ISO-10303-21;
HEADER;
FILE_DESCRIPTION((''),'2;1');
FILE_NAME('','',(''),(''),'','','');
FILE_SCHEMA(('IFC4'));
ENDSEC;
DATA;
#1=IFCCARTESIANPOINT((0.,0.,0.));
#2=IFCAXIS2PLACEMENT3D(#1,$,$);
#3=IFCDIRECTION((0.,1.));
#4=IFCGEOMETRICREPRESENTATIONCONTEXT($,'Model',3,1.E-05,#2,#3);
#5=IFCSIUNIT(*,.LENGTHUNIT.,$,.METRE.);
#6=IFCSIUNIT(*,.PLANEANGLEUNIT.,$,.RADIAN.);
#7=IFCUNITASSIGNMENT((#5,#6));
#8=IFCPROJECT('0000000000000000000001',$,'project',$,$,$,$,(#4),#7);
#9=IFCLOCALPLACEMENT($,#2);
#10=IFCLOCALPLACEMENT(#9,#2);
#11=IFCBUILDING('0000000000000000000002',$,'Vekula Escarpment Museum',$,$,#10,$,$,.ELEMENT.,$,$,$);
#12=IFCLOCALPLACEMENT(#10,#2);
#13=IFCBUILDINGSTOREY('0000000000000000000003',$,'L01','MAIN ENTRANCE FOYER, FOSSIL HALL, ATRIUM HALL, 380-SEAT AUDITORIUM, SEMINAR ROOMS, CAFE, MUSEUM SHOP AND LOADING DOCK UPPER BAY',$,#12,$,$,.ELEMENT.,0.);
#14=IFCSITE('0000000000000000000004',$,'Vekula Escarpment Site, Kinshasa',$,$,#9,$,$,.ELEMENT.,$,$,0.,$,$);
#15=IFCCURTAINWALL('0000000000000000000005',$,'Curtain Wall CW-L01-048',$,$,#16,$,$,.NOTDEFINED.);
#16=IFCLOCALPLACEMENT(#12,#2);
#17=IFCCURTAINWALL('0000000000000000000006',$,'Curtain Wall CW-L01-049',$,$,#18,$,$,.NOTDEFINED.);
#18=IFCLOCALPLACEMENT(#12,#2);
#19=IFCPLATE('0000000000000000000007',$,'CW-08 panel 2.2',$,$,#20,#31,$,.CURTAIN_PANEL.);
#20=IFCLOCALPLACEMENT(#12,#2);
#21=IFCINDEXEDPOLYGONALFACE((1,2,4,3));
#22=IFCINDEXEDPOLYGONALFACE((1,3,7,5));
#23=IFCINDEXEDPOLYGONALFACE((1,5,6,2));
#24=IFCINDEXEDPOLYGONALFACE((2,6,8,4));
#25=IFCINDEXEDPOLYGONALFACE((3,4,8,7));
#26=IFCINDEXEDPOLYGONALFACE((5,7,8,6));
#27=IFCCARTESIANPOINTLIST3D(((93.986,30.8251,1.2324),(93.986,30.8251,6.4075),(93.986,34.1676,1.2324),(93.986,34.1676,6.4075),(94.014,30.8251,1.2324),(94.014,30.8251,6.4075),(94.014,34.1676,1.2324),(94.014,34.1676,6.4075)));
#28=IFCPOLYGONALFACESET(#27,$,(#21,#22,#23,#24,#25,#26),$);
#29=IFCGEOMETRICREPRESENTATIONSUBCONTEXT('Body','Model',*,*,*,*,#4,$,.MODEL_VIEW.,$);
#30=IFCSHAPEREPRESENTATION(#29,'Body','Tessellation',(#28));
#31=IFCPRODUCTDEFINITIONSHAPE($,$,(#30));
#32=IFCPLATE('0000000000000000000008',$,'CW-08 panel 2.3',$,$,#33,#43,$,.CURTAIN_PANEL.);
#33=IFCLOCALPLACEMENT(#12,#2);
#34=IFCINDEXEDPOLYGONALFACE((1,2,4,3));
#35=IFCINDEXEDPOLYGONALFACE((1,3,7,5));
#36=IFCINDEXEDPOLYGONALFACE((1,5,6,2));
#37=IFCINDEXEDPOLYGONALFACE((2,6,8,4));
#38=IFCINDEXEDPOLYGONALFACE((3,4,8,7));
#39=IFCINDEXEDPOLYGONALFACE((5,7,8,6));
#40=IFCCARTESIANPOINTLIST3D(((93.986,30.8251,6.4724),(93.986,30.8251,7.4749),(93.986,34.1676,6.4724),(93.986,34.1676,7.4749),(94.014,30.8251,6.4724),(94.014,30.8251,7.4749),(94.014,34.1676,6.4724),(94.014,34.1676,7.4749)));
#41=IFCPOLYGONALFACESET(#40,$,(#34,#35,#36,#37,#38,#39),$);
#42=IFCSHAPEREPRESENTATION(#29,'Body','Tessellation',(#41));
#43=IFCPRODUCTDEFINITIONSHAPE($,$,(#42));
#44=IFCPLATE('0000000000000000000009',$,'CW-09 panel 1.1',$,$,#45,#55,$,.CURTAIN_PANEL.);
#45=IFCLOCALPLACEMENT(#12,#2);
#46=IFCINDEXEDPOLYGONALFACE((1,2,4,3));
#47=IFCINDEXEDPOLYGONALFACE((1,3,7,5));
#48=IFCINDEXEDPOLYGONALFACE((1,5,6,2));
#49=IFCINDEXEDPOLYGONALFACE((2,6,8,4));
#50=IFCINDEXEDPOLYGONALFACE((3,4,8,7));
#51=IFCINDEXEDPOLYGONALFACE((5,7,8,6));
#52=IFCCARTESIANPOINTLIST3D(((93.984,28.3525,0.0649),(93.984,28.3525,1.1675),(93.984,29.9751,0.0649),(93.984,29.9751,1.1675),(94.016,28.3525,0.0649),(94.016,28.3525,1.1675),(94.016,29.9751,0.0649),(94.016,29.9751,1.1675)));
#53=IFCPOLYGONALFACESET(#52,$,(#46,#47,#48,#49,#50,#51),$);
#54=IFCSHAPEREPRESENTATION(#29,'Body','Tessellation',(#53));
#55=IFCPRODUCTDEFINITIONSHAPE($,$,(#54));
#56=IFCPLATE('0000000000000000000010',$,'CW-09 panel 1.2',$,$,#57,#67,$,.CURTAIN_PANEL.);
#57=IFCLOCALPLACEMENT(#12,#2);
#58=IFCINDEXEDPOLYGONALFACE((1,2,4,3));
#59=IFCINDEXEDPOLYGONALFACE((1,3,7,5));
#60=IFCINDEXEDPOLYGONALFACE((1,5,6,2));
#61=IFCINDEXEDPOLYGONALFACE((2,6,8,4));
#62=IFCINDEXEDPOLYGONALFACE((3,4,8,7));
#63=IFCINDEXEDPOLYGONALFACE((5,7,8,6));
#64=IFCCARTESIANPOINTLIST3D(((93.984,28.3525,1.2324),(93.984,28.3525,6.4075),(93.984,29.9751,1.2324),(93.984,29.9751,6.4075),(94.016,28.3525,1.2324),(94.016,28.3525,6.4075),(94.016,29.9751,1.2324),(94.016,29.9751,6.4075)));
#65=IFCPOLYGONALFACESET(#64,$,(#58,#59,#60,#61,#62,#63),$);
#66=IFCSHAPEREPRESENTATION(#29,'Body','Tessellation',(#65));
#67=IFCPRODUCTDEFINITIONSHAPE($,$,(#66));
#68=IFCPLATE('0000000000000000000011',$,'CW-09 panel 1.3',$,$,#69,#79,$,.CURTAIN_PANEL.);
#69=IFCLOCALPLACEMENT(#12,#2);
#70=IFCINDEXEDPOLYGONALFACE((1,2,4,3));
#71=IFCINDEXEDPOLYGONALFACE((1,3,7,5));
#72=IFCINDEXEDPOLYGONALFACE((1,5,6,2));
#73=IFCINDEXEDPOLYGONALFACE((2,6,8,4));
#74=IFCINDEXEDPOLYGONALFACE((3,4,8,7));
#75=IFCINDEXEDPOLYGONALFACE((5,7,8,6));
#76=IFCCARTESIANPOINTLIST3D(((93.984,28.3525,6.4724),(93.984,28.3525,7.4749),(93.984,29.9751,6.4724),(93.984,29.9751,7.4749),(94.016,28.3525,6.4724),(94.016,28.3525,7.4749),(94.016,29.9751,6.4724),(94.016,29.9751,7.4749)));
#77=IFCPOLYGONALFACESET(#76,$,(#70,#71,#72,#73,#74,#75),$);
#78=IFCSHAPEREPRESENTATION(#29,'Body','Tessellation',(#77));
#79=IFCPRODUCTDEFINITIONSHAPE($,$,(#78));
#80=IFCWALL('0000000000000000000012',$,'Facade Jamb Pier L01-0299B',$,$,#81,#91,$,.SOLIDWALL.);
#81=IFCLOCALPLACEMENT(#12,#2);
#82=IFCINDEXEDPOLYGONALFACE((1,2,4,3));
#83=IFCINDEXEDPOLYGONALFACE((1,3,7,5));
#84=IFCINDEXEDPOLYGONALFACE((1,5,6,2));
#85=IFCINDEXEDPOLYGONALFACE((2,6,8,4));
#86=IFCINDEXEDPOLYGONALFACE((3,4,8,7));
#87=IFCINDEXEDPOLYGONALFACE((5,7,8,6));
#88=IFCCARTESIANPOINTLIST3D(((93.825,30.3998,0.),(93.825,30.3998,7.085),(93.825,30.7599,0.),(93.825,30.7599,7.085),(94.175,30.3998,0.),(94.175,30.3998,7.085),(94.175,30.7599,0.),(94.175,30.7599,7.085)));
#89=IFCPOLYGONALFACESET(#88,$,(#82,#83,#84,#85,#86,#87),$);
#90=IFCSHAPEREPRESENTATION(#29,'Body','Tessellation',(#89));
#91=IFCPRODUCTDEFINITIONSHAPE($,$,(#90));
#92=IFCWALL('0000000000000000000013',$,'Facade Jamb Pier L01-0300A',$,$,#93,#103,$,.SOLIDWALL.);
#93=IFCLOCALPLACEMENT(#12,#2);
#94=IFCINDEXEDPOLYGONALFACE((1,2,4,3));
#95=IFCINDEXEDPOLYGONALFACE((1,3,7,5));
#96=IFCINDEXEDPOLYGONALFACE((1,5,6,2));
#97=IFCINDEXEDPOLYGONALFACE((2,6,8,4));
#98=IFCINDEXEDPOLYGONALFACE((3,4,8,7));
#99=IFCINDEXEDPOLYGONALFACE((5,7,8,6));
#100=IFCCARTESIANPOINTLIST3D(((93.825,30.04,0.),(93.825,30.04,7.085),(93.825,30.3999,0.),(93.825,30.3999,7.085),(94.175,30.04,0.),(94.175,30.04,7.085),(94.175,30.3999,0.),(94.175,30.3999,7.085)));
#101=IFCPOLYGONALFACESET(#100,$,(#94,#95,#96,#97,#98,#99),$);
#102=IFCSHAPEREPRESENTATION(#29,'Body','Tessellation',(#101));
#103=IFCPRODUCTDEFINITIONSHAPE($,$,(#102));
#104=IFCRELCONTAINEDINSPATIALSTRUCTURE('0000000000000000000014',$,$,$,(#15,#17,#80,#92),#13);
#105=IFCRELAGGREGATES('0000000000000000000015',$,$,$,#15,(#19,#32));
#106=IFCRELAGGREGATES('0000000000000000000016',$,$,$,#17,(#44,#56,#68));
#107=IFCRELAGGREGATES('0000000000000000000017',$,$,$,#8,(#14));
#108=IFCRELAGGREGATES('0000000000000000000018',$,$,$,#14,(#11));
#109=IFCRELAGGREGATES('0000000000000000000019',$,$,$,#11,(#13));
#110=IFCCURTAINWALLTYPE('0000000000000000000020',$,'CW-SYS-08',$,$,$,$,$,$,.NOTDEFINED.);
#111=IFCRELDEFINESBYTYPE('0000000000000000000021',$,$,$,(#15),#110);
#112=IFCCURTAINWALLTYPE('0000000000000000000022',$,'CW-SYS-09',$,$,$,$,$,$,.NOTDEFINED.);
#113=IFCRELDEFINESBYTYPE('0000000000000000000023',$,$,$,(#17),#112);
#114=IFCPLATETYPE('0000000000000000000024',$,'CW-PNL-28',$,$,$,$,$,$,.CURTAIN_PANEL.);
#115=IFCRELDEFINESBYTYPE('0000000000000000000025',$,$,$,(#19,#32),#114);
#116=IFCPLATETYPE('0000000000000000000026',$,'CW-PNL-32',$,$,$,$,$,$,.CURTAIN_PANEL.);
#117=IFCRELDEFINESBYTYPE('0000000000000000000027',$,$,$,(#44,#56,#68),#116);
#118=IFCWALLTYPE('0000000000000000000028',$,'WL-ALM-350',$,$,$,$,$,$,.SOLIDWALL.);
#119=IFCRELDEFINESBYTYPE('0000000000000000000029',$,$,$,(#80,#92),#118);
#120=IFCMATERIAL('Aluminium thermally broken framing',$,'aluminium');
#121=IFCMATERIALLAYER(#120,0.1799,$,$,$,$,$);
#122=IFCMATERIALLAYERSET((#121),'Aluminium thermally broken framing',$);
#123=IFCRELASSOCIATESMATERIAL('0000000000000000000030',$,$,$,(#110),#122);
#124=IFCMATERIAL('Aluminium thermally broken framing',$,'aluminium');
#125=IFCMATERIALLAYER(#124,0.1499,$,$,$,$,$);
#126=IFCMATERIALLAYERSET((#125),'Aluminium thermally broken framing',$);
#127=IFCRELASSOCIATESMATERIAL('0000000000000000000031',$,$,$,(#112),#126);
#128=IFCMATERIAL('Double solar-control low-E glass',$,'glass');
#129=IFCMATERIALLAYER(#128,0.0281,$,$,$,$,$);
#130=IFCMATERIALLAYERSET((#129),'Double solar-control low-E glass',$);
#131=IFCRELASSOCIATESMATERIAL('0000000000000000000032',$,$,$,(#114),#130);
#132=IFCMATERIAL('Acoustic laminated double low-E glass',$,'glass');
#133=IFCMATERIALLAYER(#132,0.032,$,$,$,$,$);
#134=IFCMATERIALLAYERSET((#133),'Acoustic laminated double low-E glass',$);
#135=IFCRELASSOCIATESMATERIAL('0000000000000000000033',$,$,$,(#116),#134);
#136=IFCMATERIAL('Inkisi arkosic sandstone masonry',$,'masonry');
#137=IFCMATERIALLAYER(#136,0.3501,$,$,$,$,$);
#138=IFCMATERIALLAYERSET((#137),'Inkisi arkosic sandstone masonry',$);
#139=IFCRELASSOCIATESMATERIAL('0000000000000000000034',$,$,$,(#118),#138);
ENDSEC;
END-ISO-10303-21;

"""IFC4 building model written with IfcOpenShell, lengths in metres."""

from ifc_helpers import new_model, si_unit, direction, frame, frame_2d, origin, origin_2d, place, context, subcontext, project, spatial, rectangle, extrude, material, layer, layer_set, type_object, element, aggregate, save


model = new_model("IFC4")

# Units and contexts
model_context = context("Model", 3, precision=1e-05, world=origin(), true_north=direction((0.0, 1.0)))
body_context = subcontext(model_context, "Body", "Model", "MODEL_VIEW")
ifc_project = project(units=[si_unit("LENGTHUNIT", "METRE"), si_unit("PLANEANGLEUNIT", "RADIAN")], contexts=[model_context])

# Site, building, storey
site_placement = place(None, origin())
site = spatial("IfcSite", under=ifc_project, at=site_placement, Name="Vekula Escarpment Site, Kinshasa", CompositionType="ELEMENT", RefElevation=0.0)
building_placement = place(site_placement, origin())
building = spatial("IfcBuilding", under=site, at=building_placement, Name="Vekula Escarpment Museum", CompositionType="ELEMENT")
storey_placement = place(building_placement, origin())
storey = spatial("IfcBuildingStorey", under=building, at=storey_placement, Name="L01", Description="MAIN ENTRANCE FOYER, FOSSIL HALL, ATRIUM HALL, 380-SEAT AUDITORIUM, SEMINAR ROOMS, CAFE, MUSEUM SHOP AND LOADING DOCK UPPER BAY", CompositionType="ELEMENT", Elevation=0.0)

# Curtain walls
ifc_material_1 = material(Name="Aluminium thermally broken framing", Category="aluminium")
ifc_layer_1 = layer(ifc_material_1, 0.1799)
ifc_layer_set_1 = layer_set([ifc_layer_1], Name="Aluminium thermally broken framing")
curtain_wall_type_1 = type_object("IfcCurtainWallType", Name="CW-SYS-08", PredefinedType="NOTDEFINED", material=ifc_layer_set_1)
curtain_wall_1_placement = place(storey_placement, origin())
curtain_wall_1 = element("IfcCurtainWall", 1, at=curtain_wall_1_placement, inside=storey, type_object=curtain_wall_type_1, Name="Curtain Wall CW-L01-048", PredefinedType="NOTDEFINED")
ifc_material_2 = material(Name="Aluminium thermally broken framing", Category="aluminium")
ifc_layer_2 = layer(ifc_material_2, 0.1499)
ifc_layer_set_2 = layer_set([ifc_layer_2], Name="Aluminium thermally broken framing")
curtain_wall_type_2 = type_object("IfcCurtainWallType", Name="CW-SYS-09", PredefinedType="NOTDEFINED", material=ifc_layer_set_2)
curtain_wall_2_placement = place(storey_placement, origin())
curtain_wall_2 = element("IfcCurtainWall", 2, at=curtain_wall_2_placement, inside=storey, type_object=curtain_wall_type_2, Name="Curtain Wall CW-L01-049", PredefinedType="NOTDEFINED")

# Plates
ifc_material_3 = material(Name="Double solar-control low-E glass", Category="glass")
ifc_layer_3 = layer(ifc_material_3, 0.0281)
ifc_layer_set_3 = layer_set([ifc_layer_3], Name="Double solar-control low-E glass")
plate_type_1 = type_object("IfcPlateType", Name="CW-PNL-28", PredefinedType="CURTAIN_PANEL", material=ifc_layer_set_3)
plate_1_placement = place(storey_placement, frame((94.0, 32.4963, 1.2324), z_axis=(0.0, 0.0, 1.0), x_axis=(0.0, -1.0, 0.0)))
plate_1 = element("IfcPlate", 3, at=plate_1_placement, type_object=plate_type_1, Name="CW-08 panel 2.2", PredefinedType="CURTAIN_PANEL", context=body_context, shape_type="SweptSolid", body=[
    extrude(rectangle(XDim=3.3425, YDim=0.0281, at=origin_2d()), origin(), (0.0, 0.0, 1.0), 5.175),
])
plate_2_placement = place(storey_placement, frame((94.0, 32.4963, 6.4724), z_axis=(0.0, 0.0, 1.0), x_axis=(0.0, -1.0, 0.0)))
plate_2 = element("IfcPlate", 4, at=plate_2_placement, type_object=plate_type_1, Name="CW-08 panel 2.3", PredefinedType="CURTAIN_PANEL", context=body_context, shape_type="SweptSolid", body=[
    extrude(rectangle(XDim=3.3425, YDim=0.0281, at=origin_2d()), origin(), (0.0, 0.0, 1.0), 1.0024),
])
aggregate(curtain_wall_1, [plate_1, plate_2])
ifc_material_4 = material(Name="Acoustic laminated double low-E glass", Category="glass")
ifc_layer_4 = layer(ifc_material_4, 0.032)
ifc_layer_set_4 = layer_set([ifc_layer_4], Name="Acoustic laminated double low-E glass")
plate_type_2 = type_object("IfcPlateType", Name="CW-PNL-32", PredefinedType="CURTAIN_PANEL", material=ifc_layer_set_4)
plate_3_placement = place(storey_placement, frame((94.0, 29.1638, 0.0649), z_axis=(0.0, 0.0, 1.0), x_axis=(0.0, -1.0, 0.0)))
plate_3 = element("IfcPlate", 5, at=plate_3_placement, type_object=plate_type_2, Name="CW-09 panel 1.1", PredefinedType="CURTAIN_PANEL", context=body_context, shape_type="SweptSolid", body=[
    extrude(rectangle(XDim=1.6226, YDim=0.032, at=origin_2d()), origin(), (0.0, 0.0, 1.0), 1.1025),
])
plate_4_placement = place(storey_placement, frame((94.0, 29.1638, 1.2324), z_axis=(0.0, 0.0, 1.0), x_axis=(0.0, -1.0, 0.0)))
plate_4 = element("IfcPlate", 6, at=plate_4_placement, type_object=plate_type_2, Name="CW-09 panel 1.2", PredefinedType="CURTAIN_PANEL", context=body_context, shape_type="SweptSolid", body=[
    extrude(rectangle(XDim=1.6226, YDim=0.032, at=origin_2d()), origin(), (0.0, 0.0, 1.0), 5.175),
])
plate_5_placement = place(storey_placement, frame((94.0, 29.1638, 6.4724), z_axis=(0.0, 0.0, 1.0), x_axis=(0.0, -1.0, 0.0)))
plate_5 = element("IfcPlate", 7, at=plate_5_placement, type_object=plate_type_2, Name="CW-09 panel 1.3", PredefinedType="CURTAIN_PANEL", context=body_context, shape_type="SweptSolid", body=[
    extrude(rectangle(XDim=1.6226, YDim=0.032, at=origin_2d()), origin(), (0.0, 0.0, 1.0), 1.0024),
])
aggregate(curtain_wall_2, [plate_3, plate_4, plate_5])

# Walls
ifc_material_5 = material(Name="Inkisi arkosic sandstone masonry", Category="masonry")
ifc_layer_5 = layer(ifc_material_5, 0.3501)
ifc_layer_set_5 = layer_set([ifc_layer_5], Name="Inkisi arkosic sandstone masonry")
wall_type = type_object("IfcWallType", Name="WL-ALM-350", PredefinedType="SOLIDWALL", material=ifc_layer_set_5)
wall_1_placement = place(storey_placement, frame((94.0, 30.76, 0.0), z_axis=(0.0, 0.0, 1.0), x_axis=(0.0, -1.0, 0.0)))
element("IfcWall", 8, at=wall_1_placement, inside=storey, type_object=wall_type, Name="Facade Jamb Pier L01-0299B", PredefinedType="SOLIDWALL", context=body_context, shape_type="SweptSolid", body=[
    extrude(rectangle(XDim=0.3601, YDim=0.3501, at=frame_2d((0.1802, 0.0))), origin(), (0.0, 0.0, 1.0), 7.085),
])
wall_2_placement = place(storey_placement, frame((94.0, 30.3999, 0.0), z_axis=(0.0, 0.0, 1.0), x_axis=(0.0, -1.0, 0.0)))
element("IfcWall", 9, at=wall_2_placement, inside=storey, type_object=wall_type, Name="Facade Jamb Pier L01-0300A", PredefinedType="SOLIDWALL", context=body_context, shape_type="SweptSolid", body=[
    extrude(rectangle(XDim=0.3599, YDim=0.3501, at=frame_2d((0.1799, 0.0))), origin(), (0.0, 0.0, 1.0), 7.085),
])

save(model, "model.ifc")
